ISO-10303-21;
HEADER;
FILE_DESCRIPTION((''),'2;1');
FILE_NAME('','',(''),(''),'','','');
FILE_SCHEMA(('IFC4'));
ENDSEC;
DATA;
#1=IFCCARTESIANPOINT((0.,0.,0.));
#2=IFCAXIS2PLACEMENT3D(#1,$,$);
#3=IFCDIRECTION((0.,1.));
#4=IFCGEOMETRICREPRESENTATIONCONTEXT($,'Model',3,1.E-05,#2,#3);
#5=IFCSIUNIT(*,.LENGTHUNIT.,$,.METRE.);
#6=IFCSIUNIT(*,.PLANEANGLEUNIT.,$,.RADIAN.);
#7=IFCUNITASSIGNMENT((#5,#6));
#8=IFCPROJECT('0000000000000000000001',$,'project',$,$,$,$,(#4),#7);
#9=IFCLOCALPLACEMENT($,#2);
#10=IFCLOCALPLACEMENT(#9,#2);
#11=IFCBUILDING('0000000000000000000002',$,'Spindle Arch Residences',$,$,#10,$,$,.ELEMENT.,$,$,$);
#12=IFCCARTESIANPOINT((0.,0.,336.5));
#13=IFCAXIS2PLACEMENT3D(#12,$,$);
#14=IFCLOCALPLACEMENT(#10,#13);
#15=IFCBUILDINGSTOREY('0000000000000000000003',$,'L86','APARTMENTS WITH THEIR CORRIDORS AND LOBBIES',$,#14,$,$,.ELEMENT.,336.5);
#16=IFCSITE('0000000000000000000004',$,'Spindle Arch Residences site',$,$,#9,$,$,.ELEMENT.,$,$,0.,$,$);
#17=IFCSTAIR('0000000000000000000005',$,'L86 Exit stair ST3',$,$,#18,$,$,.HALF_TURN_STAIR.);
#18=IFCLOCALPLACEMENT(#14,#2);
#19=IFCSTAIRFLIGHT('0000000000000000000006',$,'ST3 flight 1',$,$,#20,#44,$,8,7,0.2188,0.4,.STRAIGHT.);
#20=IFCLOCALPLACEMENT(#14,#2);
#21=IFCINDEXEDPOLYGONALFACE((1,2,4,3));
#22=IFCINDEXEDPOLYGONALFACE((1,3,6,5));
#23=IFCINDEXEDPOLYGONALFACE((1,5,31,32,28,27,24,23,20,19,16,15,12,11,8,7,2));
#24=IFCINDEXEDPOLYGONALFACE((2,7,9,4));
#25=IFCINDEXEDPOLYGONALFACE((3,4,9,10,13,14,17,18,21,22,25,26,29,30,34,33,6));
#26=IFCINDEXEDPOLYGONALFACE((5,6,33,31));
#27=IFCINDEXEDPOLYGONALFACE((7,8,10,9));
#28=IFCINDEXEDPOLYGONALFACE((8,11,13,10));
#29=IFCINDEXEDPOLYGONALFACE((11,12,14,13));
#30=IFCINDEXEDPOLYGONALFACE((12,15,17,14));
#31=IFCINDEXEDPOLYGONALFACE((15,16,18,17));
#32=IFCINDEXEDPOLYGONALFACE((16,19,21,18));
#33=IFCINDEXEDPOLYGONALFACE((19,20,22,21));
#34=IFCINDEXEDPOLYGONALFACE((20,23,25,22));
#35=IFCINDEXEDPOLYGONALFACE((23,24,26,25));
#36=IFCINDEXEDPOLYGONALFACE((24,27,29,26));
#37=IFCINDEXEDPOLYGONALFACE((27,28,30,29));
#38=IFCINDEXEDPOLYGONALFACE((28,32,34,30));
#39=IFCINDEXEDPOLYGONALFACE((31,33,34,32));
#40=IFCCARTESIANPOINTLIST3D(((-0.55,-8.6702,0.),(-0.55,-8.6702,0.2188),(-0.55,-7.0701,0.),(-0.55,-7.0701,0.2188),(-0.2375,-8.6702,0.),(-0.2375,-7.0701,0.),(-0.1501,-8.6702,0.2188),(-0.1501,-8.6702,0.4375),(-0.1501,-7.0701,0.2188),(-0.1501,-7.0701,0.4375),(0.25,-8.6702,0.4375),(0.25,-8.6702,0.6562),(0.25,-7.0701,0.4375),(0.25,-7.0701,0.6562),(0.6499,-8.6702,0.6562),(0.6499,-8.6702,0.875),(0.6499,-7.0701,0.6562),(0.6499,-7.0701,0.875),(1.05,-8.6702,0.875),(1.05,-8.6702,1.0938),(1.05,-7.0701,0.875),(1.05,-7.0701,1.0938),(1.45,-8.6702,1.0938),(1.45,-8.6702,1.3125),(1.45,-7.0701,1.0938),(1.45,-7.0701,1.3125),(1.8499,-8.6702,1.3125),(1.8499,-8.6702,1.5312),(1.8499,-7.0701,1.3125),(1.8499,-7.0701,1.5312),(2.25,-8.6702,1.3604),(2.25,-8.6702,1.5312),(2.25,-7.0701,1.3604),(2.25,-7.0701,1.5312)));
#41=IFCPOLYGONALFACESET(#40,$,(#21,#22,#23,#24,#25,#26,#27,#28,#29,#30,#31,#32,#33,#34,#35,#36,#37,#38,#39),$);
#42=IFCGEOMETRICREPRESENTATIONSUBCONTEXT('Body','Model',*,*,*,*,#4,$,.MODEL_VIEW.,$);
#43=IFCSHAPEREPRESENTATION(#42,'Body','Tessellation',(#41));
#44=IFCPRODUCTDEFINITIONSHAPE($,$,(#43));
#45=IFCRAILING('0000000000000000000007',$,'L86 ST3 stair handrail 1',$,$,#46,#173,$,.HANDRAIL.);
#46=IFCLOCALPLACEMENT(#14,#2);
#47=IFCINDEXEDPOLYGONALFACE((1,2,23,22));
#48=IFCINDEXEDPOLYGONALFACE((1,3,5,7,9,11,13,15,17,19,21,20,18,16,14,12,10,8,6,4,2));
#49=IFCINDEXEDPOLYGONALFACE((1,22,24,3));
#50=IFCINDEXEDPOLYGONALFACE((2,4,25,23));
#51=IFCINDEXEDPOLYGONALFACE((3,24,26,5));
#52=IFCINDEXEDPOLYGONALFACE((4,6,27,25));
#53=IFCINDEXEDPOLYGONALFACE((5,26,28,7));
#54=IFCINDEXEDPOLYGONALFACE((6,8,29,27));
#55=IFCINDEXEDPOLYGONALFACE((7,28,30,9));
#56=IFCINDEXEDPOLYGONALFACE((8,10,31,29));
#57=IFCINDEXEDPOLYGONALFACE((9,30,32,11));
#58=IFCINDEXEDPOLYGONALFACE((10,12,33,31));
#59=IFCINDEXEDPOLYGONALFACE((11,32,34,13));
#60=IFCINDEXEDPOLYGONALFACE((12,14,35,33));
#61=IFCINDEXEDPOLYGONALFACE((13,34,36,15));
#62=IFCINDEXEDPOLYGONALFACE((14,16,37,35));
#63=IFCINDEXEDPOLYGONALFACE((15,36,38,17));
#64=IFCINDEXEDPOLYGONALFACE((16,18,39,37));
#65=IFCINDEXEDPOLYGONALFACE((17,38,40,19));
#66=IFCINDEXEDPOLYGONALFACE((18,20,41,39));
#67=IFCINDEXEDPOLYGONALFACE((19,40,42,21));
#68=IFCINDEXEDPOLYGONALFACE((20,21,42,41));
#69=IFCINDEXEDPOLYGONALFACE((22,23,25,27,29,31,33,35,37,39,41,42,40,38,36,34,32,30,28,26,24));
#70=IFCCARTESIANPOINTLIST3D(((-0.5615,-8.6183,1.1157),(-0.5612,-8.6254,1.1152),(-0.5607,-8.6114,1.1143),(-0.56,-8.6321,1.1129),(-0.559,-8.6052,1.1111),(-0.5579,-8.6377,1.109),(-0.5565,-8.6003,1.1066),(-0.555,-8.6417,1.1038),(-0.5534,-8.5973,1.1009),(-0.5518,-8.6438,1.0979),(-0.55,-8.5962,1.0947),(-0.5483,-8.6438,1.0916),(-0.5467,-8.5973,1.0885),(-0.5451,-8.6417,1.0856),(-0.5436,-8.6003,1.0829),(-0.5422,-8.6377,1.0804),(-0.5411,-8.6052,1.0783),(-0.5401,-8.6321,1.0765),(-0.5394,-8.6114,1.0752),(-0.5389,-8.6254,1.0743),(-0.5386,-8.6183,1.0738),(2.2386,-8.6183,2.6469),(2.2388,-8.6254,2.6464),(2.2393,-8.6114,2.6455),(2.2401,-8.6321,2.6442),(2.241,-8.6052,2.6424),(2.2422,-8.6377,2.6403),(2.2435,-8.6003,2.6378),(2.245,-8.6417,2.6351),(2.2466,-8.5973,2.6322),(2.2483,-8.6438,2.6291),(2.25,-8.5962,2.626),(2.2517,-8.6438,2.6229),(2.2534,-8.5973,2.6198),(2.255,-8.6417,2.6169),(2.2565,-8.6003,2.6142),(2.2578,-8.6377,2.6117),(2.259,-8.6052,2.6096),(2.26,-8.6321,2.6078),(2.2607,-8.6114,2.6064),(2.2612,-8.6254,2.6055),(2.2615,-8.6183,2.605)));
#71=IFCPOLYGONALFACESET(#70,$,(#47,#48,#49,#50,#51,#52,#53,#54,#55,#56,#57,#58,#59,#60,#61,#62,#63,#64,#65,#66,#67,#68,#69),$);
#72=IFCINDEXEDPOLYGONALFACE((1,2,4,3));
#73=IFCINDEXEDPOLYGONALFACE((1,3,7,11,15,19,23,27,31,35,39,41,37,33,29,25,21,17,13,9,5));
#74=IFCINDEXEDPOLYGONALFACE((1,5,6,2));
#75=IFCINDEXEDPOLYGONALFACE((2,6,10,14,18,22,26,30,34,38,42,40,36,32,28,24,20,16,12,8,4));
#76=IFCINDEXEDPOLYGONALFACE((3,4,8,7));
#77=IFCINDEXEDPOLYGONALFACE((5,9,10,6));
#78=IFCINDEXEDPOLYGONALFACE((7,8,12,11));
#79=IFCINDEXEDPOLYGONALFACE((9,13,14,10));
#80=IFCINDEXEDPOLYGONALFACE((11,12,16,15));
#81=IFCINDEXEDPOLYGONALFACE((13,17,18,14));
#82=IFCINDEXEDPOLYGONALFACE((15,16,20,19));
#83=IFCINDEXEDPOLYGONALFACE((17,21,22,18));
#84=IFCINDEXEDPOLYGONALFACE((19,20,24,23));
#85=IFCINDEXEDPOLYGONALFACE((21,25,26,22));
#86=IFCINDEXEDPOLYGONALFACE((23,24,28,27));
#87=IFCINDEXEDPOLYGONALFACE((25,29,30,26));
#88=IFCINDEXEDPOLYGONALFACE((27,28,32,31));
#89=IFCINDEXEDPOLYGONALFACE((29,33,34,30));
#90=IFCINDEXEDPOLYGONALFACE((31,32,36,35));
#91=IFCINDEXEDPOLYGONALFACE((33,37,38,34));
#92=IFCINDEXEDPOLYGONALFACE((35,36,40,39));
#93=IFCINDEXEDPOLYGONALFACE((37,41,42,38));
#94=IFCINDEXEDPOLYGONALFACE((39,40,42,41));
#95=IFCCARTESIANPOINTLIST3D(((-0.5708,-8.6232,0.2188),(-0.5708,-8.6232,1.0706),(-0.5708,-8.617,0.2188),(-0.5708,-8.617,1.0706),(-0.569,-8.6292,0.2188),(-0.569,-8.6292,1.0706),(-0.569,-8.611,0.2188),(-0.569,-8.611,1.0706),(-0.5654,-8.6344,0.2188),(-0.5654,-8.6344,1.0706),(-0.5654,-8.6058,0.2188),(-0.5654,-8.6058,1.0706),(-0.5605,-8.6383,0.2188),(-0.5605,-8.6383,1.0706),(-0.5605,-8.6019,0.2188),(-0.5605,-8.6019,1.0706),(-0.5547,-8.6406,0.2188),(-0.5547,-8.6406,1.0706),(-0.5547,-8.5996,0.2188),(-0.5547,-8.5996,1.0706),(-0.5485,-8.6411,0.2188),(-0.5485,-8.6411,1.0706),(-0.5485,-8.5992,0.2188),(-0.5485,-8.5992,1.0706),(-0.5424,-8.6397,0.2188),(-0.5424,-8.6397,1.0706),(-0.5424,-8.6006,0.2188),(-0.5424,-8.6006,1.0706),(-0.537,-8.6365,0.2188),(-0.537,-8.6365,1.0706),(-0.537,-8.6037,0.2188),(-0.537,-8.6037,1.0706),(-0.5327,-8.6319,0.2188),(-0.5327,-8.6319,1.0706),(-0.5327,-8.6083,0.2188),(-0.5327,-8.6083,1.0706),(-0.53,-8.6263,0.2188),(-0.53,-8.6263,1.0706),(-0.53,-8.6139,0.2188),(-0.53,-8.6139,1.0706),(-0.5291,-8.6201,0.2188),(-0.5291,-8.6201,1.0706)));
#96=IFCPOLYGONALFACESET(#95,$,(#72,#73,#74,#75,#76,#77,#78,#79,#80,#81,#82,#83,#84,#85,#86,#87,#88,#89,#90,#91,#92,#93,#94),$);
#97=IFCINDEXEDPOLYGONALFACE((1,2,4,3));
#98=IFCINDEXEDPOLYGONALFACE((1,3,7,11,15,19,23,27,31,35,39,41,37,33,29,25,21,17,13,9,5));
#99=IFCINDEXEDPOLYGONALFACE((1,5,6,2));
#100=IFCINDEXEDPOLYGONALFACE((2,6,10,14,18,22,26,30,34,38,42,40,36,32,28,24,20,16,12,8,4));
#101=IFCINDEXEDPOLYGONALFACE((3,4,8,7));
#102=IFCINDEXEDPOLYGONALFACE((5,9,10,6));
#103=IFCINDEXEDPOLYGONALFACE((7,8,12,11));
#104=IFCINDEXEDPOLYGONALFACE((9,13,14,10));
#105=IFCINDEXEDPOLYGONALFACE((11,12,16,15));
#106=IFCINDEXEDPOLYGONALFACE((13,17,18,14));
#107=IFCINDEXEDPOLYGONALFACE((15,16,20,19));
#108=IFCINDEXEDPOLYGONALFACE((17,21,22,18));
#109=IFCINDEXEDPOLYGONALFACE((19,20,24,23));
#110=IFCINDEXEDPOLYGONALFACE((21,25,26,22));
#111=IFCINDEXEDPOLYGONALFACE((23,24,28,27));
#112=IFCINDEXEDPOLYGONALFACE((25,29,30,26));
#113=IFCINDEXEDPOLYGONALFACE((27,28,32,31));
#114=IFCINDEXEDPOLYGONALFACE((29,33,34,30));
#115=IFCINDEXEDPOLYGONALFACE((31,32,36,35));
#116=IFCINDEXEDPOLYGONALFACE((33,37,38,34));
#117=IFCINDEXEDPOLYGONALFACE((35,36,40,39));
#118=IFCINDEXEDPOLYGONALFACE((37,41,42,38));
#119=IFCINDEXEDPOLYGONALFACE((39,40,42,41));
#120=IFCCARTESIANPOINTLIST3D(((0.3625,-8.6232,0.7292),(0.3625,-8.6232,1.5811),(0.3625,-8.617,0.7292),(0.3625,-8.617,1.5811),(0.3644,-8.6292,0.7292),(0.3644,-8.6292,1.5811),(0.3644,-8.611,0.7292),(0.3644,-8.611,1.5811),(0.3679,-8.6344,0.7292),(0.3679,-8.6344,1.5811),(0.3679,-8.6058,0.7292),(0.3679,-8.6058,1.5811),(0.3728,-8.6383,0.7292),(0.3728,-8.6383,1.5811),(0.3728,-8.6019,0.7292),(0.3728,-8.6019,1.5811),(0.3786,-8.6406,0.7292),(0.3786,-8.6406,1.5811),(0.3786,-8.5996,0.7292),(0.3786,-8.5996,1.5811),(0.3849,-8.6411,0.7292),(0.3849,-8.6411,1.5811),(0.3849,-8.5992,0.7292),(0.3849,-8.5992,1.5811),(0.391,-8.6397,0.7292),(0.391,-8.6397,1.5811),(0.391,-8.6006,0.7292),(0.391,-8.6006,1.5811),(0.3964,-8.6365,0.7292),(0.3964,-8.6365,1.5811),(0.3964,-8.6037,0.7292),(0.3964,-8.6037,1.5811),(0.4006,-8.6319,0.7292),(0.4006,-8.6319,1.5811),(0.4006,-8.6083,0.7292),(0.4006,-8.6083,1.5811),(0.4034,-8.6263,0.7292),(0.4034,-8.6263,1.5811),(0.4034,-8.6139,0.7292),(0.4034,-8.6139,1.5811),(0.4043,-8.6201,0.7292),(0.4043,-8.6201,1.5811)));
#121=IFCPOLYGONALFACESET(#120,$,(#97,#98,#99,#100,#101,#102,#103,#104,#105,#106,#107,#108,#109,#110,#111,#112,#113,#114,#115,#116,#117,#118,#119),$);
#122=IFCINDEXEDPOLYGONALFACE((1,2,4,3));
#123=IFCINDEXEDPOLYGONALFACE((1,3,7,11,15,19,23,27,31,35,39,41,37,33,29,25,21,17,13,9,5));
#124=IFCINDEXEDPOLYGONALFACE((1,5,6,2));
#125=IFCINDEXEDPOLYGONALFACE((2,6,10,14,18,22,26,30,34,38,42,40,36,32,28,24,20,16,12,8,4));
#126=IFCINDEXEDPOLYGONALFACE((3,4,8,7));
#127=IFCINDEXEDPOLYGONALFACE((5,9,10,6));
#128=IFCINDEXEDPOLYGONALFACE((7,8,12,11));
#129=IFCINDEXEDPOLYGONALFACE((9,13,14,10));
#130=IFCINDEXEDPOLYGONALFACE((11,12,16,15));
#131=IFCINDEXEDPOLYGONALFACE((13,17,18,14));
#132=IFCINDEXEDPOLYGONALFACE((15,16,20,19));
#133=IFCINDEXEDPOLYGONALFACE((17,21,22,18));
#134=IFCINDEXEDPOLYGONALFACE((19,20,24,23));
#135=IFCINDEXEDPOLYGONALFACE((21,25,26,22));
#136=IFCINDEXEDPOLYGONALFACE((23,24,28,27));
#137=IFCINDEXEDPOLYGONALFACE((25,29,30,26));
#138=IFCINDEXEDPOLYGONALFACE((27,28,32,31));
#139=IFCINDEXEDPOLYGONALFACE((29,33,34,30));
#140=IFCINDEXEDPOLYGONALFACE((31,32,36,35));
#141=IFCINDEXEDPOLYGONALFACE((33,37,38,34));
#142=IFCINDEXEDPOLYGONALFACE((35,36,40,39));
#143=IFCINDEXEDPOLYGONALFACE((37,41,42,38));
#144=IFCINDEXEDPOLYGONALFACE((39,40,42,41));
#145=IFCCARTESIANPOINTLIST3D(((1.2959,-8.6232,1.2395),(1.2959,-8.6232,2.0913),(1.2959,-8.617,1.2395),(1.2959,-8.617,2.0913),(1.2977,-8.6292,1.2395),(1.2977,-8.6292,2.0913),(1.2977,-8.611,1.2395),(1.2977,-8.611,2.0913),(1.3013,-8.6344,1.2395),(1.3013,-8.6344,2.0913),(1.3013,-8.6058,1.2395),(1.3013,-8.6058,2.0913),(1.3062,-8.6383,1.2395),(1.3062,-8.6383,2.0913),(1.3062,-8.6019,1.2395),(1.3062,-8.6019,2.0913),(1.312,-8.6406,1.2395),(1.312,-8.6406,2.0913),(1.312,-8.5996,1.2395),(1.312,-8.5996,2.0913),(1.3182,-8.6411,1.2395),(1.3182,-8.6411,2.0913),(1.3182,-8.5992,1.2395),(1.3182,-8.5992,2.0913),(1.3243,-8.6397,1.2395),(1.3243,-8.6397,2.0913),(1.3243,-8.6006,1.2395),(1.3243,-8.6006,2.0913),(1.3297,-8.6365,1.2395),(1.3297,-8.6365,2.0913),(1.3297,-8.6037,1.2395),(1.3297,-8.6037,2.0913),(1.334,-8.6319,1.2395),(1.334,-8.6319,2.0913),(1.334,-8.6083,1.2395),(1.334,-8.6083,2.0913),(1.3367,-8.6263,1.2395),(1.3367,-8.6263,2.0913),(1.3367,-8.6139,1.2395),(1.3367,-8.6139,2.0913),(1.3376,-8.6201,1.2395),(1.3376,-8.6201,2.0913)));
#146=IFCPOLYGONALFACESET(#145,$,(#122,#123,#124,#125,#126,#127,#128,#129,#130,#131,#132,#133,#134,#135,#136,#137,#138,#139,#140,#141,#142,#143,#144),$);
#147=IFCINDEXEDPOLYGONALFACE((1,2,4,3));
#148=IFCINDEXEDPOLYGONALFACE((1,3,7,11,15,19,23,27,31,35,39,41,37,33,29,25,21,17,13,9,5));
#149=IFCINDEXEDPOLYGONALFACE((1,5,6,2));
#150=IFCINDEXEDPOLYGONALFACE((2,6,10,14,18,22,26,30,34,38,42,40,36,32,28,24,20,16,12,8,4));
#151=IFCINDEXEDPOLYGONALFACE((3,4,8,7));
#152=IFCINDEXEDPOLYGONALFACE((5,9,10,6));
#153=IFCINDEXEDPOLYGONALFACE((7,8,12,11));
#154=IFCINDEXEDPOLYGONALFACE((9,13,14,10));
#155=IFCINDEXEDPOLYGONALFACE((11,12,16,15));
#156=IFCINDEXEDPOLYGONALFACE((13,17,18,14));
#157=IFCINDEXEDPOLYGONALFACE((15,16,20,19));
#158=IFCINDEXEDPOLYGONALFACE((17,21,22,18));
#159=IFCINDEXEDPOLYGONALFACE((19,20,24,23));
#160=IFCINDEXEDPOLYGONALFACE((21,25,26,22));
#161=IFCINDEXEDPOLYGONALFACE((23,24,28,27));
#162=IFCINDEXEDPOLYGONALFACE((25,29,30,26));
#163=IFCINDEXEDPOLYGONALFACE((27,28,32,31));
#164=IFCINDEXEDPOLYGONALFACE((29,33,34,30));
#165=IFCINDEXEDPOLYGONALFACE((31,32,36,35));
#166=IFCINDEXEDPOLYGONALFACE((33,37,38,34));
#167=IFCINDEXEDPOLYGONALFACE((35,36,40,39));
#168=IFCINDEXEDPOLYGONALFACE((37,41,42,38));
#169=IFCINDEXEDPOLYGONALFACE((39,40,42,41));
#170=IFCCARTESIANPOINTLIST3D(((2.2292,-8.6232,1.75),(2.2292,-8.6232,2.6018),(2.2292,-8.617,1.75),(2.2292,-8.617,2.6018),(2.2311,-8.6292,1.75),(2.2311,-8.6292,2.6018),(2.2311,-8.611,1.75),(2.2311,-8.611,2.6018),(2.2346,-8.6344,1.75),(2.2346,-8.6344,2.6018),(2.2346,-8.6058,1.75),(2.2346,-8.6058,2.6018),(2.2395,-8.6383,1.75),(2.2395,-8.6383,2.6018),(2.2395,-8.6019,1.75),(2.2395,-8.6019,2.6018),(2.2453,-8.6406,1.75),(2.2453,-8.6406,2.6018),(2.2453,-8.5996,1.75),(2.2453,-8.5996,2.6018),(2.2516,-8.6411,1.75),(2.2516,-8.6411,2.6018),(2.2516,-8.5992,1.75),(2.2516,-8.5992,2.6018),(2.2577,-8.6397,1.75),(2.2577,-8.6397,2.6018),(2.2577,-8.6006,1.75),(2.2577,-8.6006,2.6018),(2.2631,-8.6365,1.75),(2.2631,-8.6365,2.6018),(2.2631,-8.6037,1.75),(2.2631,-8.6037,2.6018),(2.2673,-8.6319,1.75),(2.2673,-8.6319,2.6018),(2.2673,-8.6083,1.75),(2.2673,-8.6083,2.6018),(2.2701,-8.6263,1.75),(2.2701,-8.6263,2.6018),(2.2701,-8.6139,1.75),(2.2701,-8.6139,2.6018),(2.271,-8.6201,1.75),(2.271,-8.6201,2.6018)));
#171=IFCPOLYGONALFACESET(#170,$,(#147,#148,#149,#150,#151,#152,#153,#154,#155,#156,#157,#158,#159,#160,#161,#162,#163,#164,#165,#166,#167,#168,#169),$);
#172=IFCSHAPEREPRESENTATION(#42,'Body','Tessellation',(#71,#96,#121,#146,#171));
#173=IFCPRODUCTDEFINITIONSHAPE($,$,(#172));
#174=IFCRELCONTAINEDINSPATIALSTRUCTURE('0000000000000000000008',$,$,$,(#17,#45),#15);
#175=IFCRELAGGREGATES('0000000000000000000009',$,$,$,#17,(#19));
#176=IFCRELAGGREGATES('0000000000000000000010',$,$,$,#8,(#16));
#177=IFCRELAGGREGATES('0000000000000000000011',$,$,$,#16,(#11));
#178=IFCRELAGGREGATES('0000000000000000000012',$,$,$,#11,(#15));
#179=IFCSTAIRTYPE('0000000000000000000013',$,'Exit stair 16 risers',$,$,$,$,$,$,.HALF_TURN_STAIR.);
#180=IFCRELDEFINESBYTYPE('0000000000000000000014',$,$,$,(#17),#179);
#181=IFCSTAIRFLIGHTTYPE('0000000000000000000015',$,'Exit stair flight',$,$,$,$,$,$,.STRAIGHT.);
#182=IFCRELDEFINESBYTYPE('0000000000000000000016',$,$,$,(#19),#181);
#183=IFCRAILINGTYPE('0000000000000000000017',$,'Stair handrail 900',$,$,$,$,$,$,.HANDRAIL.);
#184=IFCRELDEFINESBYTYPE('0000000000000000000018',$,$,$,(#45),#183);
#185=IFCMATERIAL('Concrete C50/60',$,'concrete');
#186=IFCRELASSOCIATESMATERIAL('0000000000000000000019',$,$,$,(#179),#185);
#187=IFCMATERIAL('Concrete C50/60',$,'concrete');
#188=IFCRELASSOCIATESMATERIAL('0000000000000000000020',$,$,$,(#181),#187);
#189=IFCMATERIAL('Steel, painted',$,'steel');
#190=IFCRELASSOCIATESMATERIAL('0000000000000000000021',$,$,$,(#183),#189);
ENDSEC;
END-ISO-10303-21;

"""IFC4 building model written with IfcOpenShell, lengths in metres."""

from ifc_helpers import new_model, si_unit, direction, frame, origin, origin_2d, place, context, subcontext, project, spatial, polyline, circle, outline, extrude, material, type_object, element, aggregate, save


model = new_model("IFC4")

# Units and contexts
model_context = context("Model", 3, precision=1e-05, world=origin(), true_north=direction((0.0, 1.0)))
body_context = subcontext(model_context, "Body", "Model", "MODEL_VIEW")
ifc_project = project(units=[si_unit("LENGTHUNIT", "METRE"), si_unit("PLANEANGLEUNIT", "RADIAN")], contexts=[model_context])

# Site, building, storey
site_placement = place(None, origin())
site = spatial("IfcSite", under=ifc_project, at=site_placement, Name="Spindle Arch Residences site", CompositionType="ELEMENT", RefElevation=0.0)
building_placement = place(site_placement, origin())
building = spatial("IfcBuilding", under=site, at=building_placement, Name="Spindle Arch Residences", CompositionType="ELEMENT")
storey_placement = place(building_placement, frame((0.0, 0.0, 336.5)))
storey = spatial("IfcBuildingStorey", under=building, at=storey_placement, Name="L86", Description="APARTMENTS WITH THEIR CORRIDORS AND LOBBIES", CompositionType="ELEMENT", Elevation=336.5)

# Stair, stair flight
ifc_material_1 = material(Name="Concrete C50/60", Category="concrete")
stair_type = type_object("IfcStairType", Name="Exit stair 16 risers", PredefinedType="HALF_TURN_STAIR", material=ifc_material_1)
stair_placement = place(storey_placement, origin())
stair = element("IfcStair", 1, at=stair_placement, inside=storey, type_object=stair_type, Name="L86 Exit stair ST3", PredefinedType="HALF_TURN_STAIR")
ifc_material_2 = material(Name="Concrete C50/60", Category="concrete")
stair_flight_type = type_object("IfcStairFlightType", Name="Exit stair flight", PredefinedType="STRAIGHT", material=ifc_material_2)
stair_flight_placement = place(storey_placement, frame((-0.55, -7.8701, 0.0), z_axis=(0.0, 0.0, 1.0), x_axis=(1.0, 0.0, 0.0)))
stair_flight = element("IfcStairFlight", 2, at=stair_flight_placement, type_object=stair_flight_type, Name="ST3 flight 1", NumberOfRisers=8, NumberOfTreads=7, PredefinedType="STRAIGHT", RiserHeight=0.2188, TreadLength=0.4, context=body_context, shape_type="SweptSolid", body=[
    extrude(outline(polyline([(0.0, 0.0), (0.0, 0.2188), (0.3999, 0.2188), (0.3999, 0.4375), (0.8, 0.4375), (0.8, 0.6562), (1.2, 0.6562), (1.2, 0.875), (1.6001, 0.875), (1.6001, 1.0938), (2.0, 1.0938), (2.0, 1.3125), (2.3999, 1.3125), (2.3999, 1.5312), (2.8, 1.5312), (2.8, 1.75), (2.8, 1.3604), (0.3125, 0.0), (0.0, 0.0)])), frame((0.0, 0.8, 0.0), z_axis=(0.0, -1.0, 0.0), x_axis=(1.0, 0.0, 0.0)), (0.0, 0.0, 1.0), 1.6001),
])
aggregate(stair, [stair_flight])

# Railing
ifc_material_3 = material(Name="Steel, painted", Category="steel")
railing_type_1 = type_object("IfcRailingType", Name="Stair handrail 900", PredefinedType="HANDRAIL", material=ifc_material_3)
railing_1_placement = place(storey_placement, frame((-0.55, -8.6201, 0.2188)))
element("IfcRailing", 3, at=railing_1_placement, inside=storey, type_object=railing_type_1, Name="L86 ST3 stair handrail 1", PredefinedType="HANDRAIL", context=body_context, shape_type="SweptSolid", body=[
    extrude(circle(Radius=0.0239, at=origin_2d()), frame((0.0, 0.0, 0.876), z_axis=(0.877375, 0.0, 0.479806), x_axis=(0.0, 1.0, 0.0)), (0.0, 0.0, 1.0), 3.1914),
    extrude(circle(Radius=0.021, at=origin_2d()), origin(), (0.0, 0.0, 1.0), 0.8518),
    extrude(circle(Radius=0.021, at=origin_2d()), frame((0.9333, 0.0, 0.5105)), (0.0, 0.0, 1.0), 0.8518),
    extrude(circle(Radius=0.021, at=origin_2d()), frame((1.8667, 0.0, 1.0208)), (0.0, 0.0, 1.0), 0.8518),
    extrude(circle(Radius=0.021, at=origin_2d()), frame((2.8, 0.0, 1.5312)), (0.0, 0.0, 1.0), 0.8518),
])

save(model, "model.ifc")
